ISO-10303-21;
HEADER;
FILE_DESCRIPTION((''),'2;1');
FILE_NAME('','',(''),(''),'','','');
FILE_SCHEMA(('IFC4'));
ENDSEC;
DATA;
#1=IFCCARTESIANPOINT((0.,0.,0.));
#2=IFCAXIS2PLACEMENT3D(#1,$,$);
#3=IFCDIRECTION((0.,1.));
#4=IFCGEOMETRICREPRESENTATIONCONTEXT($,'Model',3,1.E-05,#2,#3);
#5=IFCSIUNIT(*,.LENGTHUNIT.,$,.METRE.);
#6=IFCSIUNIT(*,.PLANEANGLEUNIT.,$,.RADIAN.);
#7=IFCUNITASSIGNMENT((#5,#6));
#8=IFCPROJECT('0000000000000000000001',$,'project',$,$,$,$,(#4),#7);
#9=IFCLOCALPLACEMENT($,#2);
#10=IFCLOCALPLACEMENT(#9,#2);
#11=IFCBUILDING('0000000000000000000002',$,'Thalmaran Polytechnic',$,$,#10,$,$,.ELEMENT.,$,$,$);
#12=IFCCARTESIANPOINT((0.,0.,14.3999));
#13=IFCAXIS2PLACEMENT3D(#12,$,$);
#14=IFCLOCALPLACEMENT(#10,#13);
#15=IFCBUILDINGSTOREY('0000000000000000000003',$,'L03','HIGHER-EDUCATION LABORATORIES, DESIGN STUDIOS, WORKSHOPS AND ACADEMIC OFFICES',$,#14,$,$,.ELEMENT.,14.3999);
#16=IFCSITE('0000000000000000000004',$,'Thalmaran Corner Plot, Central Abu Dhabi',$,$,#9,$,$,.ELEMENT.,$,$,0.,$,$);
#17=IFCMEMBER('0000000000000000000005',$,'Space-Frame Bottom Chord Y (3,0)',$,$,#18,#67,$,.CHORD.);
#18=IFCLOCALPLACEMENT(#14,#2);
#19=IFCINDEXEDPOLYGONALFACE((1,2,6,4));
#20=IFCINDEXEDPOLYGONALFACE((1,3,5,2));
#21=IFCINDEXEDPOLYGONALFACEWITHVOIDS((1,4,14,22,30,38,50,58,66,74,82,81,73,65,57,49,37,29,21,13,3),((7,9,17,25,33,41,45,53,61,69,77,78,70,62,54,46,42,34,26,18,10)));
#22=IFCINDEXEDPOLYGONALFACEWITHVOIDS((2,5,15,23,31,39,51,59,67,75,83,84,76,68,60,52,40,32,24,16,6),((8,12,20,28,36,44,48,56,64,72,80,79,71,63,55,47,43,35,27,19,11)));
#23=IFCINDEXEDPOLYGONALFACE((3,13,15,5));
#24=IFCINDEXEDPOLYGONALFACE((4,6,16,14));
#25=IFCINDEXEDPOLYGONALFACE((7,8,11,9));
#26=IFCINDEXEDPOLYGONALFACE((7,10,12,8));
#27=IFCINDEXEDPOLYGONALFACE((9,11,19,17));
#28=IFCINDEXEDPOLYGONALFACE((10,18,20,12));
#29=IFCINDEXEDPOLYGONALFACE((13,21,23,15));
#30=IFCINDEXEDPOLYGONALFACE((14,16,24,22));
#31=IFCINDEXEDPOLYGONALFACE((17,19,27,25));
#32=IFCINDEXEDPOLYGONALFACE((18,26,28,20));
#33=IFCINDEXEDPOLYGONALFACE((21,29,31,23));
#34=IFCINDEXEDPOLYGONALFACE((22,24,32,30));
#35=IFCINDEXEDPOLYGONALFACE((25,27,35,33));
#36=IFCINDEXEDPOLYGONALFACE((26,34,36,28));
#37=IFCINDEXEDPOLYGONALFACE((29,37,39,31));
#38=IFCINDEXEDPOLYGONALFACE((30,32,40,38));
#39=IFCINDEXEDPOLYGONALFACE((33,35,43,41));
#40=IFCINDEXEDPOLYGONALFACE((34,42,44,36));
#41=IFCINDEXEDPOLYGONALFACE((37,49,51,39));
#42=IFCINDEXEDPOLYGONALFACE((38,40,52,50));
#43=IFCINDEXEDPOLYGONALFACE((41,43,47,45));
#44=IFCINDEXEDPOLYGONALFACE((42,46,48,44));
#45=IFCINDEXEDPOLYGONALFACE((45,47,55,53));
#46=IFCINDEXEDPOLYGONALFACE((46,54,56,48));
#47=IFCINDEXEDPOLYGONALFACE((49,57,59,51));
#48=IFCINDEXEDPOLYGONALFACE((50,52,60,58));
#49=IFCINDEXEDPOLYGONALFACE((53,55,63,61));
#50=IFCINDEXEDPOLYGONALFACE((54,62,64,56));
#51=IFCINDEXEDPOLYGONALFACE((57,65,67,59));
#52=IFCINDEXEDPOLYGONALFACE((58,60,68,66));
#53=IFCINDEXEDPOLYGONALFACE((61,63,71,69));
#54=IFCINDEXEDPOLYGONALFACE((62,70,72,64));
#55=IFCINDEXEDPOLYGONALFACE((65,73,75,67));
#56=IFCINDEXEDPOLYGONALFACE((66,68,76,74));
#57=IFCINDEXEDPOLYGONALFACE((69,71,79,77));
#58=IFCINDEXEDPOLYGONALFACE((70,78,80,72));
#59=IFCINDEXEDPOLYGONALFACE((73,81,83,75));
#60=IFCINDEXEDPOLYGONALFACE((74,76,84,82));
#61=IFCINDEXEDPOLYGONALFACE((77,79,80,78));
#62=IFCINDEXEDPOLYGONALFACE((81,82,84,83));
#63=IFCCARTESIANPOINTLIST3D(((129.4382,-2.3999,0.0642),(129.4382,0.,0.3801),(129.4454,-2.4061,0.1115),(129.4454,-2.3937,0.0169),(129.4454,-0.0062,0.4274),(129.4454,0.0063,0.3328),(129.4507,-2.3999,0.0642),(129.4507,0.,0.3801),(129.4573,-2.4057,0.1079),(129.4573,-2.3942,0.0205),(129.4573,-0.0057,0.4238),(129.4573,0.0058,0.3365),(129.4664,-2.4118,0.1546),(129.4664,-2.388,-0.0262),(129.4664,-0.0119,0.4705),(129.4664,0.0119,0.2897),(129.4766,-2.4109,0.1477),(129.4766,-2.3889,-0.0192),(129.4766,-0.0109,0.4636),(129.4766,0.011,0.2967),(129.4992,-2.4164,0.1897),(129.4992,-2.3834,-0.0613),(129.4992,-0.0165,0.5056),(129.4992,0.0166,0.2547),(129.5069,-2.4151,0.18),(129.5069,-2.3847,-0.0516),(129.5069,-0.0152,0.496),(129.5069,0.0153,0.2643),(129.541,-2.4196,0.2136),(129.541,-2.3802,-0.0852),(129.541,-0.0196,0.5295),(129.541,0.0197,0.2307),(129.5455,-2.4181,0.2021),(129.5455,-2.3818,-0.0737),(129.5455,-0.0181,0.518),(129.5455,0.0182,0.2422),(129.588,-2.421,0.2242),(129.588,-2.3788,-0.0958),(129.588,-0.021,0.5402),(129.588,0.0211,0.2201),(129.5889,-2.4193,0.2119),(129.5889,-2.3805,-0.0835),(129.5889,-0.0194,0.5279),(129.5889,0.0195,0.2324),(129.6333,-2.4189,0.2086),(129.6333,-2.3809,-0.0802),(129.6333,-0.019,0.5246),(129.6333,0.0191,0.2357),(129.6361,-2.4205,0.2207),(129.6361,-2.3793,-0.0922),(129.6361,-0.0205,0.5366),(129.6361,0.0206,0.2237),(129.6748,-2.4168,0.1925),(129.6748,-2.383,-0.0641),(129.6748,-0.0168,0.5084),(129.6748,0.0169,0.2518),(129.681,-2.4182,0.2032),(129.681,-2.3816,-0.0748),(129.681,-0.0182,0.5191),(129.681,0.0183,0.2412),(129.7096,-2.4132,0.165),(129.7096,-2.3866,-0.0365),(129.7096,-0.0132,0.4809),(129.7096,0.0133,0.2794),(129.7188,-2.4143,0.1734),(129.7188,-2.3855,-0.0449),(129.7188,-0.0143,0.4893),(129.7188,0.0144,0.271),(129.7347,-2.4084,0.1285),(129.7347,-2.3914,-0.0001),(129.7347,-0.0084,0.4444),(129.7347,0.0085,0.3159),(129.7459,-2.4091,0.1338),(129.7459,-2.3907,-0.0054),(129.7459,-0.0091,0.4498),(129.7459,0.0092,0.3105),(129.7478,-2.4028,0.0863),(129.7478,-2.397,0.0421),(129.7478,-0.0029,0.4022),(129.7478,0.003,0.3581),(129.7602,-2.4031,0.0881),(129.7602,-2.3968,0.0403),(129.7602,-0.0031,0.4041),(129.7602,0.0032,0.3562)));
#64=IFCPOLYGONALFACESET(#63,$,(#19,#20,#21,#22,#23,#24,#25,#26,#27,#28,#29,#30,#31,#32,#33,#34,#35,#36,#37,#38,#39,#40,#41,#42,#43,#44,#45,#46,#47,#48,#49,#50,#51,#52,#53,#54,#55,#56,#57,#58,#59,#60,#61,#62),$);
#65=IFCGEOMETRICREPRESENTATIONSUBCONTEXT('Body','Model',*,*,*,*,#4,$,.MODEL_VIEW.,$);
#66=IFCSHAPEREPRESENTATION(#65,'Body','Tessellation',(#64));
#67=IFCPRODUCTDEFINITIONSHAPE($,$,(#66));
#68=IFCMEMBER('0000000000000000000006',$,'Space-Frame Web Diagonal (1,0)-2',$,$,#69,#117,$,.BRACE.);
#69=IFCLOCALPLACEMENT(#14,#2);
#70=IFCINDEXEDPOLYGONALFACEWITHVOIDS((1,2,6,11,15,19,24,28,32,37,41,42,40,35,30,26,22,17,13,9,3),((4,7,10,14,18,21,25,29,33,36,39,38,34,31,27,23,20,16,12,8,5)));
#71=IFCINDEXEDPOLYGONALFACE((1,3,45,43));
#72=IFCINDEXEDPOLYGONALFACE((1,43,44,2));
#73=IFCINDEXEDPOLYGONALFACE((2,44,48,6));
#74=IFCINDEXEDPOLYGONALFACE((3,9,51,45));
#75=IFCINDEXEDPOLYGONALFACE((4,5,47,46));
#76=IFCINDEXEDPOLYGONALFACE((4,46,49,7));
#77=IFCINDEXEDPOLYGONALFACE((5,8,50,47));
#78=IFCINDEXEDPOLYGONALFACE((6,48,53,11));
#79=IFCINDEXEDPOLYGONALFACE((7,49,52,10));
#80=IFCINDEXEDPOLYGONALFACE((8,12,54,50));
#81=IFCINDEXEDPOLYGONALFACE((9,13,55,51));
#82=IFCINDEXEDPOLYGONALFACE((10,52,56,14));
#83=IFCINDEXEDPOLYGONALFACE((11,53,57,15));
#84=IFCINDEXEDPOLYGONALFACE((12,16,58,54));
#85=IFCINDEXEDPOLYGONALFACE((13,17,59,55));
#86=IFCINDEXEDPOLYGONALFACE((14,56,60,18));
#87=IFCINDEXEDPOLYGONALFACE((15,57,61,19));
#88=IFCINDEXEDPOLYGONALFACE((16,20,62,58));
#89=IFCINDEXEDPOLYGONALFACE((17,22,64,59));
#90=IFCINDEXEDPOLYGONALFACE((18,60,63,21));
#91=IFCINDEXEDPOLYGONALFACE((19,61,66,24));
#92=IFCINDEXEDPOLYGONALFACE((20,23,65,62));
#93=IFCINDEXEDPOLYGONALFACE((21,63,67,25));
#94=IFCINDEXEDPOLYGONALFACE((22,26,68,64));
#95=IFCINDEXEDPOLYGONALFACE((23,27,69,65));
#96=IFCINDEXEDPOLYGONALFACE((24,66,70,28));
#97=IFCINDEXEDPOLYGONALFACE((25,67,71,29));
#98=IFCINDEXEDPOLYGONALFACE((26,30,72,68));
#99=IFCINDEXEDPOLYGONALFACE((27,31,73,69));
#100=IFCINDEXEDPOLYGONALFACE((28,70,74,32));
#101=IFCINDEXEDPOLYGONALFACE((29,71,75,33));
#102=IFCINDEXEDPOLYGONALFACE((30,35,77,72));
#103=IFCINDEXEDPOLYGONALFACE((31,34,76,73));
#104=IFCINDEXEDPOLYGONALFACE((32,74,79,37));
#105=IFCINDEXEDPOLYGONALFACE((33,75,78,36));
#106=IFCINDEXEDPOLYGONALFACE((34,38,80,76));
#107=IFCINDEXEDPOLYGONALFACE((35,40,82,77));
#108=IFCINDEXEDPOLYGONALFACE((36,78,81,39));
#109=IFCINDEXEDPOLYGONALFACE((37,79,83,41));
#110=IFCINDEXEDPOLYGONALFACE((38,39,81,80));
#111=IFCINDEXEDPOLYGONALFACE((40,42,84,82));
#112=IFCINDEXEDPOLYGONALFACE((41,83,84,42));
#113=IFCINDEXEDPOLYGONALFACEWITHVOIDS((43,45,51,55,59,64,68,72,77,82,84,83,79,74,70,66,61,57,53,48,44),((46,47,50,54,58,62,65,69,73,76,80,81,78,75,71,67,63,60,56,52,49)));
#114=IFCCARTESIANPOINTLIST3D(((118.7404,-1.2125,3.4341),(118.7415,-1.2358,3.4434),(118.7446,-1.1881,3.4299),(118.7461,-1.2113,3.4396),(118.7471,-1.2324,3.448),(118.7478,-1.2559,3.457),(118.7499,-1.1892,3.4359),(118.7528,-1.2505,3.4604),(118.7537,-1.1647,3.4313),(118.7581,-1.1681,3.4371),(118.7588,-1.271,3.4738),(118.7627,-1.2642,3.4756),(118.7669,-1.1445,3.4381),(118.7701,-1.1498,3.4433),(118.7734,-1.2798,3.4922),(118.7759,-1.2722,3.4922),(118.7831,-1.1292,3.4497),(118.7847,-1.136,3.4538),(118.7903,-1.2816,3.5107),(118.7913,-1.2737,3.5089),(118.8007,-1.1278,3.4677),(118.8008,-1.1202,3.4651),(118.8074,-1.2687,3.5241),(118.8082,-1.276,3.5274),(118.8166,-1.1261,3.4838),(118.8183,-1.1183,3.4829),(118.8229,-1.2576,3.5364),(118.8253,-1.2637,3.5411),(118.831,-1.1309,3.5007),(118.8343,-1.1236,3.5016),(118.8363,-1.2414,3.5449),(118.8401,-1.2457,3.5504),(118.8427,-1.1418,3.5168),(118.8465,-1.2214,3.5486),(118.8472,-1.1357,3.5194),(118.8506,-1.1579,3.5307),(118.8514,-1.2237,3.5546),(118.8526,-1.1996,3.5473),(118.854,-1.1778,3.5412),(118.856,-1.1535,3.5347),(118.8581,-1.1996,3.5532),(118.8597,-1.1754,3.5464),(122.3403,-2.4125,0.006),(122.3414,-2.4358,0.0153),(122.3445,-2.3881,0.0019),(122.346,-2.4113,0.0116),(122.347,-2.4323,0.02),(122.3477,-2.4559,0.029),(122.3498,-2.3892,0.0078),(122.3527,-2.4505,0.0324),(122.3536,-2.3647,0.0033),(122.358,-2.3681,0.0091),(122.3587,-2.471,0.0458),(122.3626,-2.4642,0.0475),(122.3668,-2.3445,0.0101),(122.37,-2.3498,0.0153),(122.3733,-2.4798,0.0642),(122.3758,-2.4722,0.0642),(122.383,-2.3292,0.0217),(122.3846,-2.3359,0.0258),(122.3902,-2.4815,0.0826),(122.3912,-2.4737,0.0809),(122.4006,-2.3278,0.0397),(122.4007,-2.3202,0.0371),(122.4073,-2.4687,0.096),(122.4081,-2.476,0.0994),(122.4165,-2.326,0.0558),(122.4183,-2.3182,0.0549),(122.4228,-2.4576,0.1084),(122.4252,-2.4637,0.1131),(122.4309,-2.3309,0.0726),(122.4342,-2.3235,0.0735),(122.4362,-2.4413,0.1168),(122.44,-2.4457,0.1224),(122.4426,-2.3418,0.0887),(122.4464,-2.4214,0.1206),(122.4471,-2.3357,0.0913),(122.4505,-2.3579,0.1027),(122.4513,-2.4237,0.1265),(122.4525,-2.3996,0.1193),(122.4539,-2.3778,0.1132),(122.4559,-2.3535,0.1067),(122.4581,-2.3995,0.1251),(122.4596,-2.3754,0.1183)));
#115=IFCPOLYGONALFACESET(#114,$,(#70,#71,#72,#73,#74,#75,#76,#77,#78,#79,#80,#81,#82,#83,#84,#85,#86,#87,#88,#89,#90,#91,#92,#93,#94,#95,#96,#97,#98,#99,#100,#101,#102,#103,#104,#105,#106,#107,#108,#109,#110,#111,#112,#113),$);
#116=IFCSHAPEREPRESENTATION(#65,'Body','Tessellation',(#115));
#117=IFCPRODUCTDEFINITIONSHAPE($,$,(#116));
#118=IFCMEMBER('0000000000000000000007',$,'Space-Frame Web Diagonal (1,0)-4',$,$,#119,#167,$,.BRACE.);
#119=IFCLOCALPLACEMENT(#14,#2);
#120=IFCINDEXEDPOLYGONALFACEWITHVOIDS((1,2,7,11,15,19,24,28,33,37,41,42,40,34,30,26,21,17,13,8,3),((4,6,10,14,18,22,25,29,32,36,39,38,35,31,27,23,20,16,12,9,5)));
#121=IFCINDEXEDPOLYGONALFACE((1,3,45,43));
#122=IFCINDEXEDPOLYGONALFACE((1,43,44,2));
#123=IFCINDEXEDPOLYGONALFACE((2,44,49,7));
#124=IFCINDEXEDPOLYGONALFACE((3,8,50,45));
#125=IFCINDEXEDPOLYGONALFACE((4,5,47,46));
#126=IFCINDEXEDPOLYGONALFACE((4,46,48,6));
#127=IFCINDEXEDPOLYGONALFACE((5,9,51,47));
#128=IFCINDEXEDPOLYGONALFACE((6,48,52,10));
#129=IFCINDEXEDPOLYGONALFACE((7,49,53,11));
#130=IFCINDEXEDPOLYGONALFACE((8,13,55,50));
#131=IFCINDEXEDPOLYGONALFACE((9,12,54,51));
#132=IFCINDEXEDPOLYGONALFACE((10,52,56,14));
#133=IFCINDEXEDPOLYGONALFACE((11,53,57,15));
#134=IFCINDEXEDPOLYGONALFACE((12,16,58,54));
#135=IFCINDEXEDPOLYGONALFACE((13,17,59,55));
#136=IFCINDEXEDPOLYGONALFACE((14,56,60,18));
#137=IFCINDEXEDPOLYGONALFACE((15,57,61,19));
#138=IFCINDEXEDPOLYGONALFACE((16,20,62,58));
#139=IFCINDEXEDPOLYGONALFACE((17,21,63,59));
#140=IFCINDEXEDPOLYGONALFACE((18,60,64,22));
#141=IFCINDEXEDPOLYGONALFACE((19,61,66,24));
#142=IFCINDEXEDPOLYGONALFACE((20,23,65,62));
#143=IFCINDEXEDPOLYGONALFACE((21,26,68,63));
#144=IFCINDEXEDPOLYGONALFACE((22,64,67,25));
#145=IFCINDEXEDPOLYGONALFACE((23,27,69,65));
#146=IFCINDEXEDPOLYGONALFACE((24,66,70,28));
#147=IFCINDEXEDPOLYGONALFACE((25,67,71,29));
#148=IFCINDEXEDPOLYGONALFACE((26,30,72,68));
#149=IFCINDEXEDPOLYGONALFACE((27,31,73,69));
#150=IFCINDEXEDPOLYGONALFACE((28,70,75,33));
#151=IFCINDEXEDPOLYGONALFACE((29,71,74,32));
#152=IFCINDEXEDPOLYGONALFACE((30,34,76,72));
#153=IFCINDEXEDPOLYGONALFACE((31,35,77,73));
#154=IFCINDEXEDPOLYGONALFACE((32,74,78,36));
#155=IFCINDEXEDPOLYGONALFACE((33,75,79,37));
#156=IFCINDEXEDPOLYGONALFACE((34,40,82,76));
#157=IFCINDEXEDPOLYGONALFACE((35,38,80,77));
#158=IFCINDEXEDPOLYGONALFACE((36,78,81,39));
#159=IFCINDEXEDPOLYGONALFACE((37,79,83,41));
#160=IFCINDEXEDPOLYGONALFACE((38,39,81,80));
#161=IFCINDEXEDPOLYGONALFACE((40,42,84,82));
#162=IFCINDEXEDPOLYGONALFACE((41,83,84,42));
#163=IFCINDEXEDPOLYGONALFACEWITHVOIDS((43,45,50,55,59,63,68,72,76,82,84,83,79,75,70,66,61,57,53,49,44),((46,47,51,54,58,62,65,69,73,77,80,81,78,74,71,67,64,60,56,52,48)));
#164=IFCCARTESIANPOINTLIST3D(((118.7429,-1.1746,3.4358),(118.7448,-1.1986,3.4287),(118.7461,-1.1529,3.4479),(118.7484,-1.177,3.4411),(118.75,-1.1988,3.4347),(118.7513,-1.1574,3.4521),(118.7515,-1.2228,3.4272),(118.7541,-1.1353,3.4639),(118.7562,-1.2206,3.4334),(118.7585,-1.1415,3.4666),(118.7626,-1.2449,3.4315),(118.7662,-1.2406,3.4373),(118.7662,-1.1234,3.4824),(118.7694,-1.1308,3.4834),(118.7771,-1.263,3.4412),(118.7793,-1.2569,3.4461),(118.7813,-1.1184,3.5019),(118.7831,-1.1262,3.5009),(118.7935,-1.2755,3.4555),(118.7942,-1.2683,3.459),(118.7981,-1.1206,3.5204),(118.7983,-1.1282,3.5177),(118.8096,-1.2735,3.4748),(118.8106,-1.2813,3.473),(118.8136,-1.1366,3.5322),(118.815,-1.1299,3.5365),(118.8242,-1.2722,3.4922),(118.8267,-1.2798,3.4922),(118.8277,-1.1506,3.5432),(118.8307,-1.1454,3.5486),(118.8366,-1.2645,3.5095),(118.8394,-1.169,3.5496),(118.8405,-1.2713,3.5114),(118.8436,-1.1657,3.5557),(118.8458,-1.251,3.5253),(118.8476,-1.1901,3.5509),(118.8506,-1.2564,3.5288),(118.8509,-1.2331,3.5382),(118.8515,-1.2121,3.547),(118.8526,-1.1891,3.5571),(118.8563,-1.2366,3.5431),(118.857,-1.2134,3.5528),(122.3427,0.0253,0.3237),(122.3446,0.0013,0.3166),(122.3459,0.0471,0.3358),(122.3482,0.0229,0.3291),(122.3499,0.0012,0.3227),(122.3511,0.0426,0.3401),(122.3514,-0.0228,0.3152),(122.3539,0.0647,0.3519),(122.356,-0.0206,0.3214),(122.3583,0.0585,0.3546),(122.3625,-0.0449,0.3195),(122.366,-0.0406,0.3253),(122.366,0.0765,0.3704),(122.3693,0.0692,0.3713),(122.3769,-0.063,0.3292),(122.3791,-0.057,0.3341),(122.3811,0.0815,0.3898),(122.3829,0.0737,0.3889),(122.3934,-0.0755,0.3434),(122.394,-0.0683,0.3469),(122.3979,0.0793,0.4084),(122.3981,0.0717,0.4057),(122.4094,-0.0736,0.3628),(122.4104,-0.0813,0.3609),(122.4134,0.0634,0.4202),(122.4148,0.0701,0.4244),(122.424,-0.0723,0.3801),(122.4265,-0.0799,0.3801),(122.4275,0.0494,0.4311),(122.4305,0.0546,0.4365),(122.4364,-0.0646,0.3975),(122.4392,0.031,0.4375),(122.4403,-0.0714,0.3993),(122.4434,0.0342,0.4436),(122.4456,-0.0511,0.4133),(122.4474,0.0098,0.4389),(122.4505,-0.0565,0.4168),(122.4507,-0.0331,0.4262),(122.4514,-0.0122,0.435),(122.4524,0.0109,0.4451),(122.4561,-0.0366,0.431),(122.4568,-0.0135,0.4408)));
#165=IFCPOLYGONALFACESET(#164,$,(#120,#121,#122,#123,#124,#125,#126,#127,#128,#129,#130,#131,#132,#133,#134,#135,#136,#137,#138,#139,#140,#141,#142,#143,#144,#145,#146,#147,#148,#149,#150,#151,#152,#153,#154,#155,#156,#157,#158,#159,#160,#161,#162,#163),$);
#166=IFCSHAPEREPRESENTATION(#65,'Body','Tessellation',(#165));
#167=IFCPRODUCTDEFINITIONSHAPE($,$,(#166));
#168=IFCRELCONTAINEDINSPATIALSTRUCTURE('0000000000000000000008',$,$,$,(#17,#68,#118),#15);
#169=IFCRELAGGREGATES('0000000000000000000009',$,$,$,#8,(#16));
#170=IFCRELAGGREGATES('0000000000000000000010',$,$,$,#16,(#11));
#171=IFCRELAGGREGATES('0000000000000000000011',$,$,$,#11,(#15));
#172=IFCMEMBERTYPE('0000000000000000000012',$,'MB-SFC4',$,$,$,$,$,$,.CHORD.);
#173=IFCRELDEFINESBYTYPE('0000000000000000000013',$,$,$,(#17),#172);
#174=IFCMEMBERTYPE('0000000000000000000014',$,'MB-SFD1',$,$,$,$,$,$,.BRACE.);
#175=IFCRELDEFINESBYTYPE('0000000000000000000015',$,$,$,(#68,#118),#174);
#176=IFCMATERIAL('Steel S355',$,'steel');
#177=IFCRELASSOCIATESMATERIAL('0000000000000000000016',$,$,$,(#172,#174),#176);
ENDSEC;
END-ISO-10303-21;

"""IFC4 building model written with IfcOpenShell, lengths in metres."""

from ifc_helpers import new_model, si_unit, direction, frame, origin, origin_2d, place, context, subcontext, project, spatial, hollow_circle, extrude, material, material_profile, profile_set, type_object, element, save


model = new_model("IFC4")

# Units and contexts
model_context = context("Model", 3, precision=1e-05, world=origin(), true_north=direction((0.0, 1.0)))
body_context = subcontext(model_context, "Body", "Model", "MODEL_VIEW")
ifc_project = project(units=[si_unit("LENGTHUNIT", "METRE"), si_unit("PLANEANGLEUNIT", "RADIAN")], contexts=[model_context])

# Site, building, storey
site_placement = place(None, origin())
site = spatial("IfcSite", under=ifc_project, at=site_placement, Name="Thalmaran Corner Plot, Central Abu Dhabi", CompositionType="ELEMENT", RefElevation=0.0)
building_placement = place(site_placement, origin())
building = spatial("IfcBuilding", under=site, at=building_placement, Name="Thalmaran Polytechnic", CompositionType="ELEMENT")
storey_placement = place(building_placement, frame((0.0, 0.0, 14.3999)))
storey = spatial("IfcBuildingStorey", under=building, at=storey_placement, Name="L03", Description="HIGHER-EDUCATION LABORATORIES, DESIGN STUDIOS, WORKSHOPS AND ACADEMIC OFFICES", CompositionType="ELEMENT", Elevation=14.3999)

# Shared definitions
ifc_material = material(Name="Steel S355", Category="steel")

# Members
ifc_material_profile_1 = material_profile(ifc_material, hollow_circle(Radius=0.1619, WallThickness=0.0125, at=origin_2d()), Name="CHS 323.9x12.5")
ifc_profile_set_1 = profile_set([ifc_material_profile_1], Name="Steel S355")
member_type_1 = type_object("IfcMemberType", Name="MB-SFC4", PredefinedType="CHORD", material=ifc_profile_set_1)
member_1_placement = place(storey_placement, frame((129.6001, -2.3999, 0.0642), z_axis=(0.0, 0.991447, 0.130512), x_axis=(-1.0, 0.0, 0.0)))
element("IfcMember", 1, at=member_1_placement, inside=storey, type_object=member_type_1, Name="Space-Frame Bottom Chord Y (3,0)", PredefinedType="CHORD", context=body_context, shape_type="SweptSolid", body=[
    extrude(hollow_circle(Radius=0.1619, WallThickness=0.0125, at=origin_2d()), origin(), (0.0, 0.0, 1.0), 2.4207),
])
ifc_material_profile_2 = material_profile(ifc_material, hollow_circle(Radius=0.0842, WallThickness=0.0081, at=origin_2d()), Name="CHS 168.3x8.0")
ifc_profile_set_2 = profile_set([ifc_material_profile_2], Name="Steel S355")
member_type_2 = type_object("IfcMemberType", Name="MB-SFD1", PredefinedType="BRACE", material=ifc_profile_set_2)
member_2_placement = place(storey_placement, frame((122.3999, -2.3999, 0.0642), z_axis=(-0.703963, 0.234654, 0.670353), x_axis=(-0.316228, -0.948683, 0.0)))
element("IfcMember", 2, at=member_2_placement, inside=storey, type_object=member_type_2, Name="Space-Frame Web Diagonal (1,0)-2", PredefinedType="BRACE", context=body_context, shape_type="SweptSolid", body=[
    extrude(hollow_circle(Radius=0.0842, WallThickness=0.0081, at=origin_2d()), origin(), (0.0, 0.0, 1.0), 5.1138),
])
member_3_placement = place(storey_placement, frame((122.3999, 0.0, 0.3801), z_axis=(-0.733538, -0.244513, 0.634141), x_axis=(0.316228, -0.948683, 0.0)))
element("IfcMember", 3, at=member_3_placement, inside=storey, type_object=member_type_2, Name="Space-Frame Web Diagonal (1,0)-4", PredefinedType="BRACE", context=body_context, shape_type="SweptSolid", body=[
    extrude(hollow_circle(Radius=0.0842, WallThickness=0.0081, at=origin_2d()), origin(), (0.0, 0.0, 1.0), 4.9075),
])

save(model, "model.ifc")
